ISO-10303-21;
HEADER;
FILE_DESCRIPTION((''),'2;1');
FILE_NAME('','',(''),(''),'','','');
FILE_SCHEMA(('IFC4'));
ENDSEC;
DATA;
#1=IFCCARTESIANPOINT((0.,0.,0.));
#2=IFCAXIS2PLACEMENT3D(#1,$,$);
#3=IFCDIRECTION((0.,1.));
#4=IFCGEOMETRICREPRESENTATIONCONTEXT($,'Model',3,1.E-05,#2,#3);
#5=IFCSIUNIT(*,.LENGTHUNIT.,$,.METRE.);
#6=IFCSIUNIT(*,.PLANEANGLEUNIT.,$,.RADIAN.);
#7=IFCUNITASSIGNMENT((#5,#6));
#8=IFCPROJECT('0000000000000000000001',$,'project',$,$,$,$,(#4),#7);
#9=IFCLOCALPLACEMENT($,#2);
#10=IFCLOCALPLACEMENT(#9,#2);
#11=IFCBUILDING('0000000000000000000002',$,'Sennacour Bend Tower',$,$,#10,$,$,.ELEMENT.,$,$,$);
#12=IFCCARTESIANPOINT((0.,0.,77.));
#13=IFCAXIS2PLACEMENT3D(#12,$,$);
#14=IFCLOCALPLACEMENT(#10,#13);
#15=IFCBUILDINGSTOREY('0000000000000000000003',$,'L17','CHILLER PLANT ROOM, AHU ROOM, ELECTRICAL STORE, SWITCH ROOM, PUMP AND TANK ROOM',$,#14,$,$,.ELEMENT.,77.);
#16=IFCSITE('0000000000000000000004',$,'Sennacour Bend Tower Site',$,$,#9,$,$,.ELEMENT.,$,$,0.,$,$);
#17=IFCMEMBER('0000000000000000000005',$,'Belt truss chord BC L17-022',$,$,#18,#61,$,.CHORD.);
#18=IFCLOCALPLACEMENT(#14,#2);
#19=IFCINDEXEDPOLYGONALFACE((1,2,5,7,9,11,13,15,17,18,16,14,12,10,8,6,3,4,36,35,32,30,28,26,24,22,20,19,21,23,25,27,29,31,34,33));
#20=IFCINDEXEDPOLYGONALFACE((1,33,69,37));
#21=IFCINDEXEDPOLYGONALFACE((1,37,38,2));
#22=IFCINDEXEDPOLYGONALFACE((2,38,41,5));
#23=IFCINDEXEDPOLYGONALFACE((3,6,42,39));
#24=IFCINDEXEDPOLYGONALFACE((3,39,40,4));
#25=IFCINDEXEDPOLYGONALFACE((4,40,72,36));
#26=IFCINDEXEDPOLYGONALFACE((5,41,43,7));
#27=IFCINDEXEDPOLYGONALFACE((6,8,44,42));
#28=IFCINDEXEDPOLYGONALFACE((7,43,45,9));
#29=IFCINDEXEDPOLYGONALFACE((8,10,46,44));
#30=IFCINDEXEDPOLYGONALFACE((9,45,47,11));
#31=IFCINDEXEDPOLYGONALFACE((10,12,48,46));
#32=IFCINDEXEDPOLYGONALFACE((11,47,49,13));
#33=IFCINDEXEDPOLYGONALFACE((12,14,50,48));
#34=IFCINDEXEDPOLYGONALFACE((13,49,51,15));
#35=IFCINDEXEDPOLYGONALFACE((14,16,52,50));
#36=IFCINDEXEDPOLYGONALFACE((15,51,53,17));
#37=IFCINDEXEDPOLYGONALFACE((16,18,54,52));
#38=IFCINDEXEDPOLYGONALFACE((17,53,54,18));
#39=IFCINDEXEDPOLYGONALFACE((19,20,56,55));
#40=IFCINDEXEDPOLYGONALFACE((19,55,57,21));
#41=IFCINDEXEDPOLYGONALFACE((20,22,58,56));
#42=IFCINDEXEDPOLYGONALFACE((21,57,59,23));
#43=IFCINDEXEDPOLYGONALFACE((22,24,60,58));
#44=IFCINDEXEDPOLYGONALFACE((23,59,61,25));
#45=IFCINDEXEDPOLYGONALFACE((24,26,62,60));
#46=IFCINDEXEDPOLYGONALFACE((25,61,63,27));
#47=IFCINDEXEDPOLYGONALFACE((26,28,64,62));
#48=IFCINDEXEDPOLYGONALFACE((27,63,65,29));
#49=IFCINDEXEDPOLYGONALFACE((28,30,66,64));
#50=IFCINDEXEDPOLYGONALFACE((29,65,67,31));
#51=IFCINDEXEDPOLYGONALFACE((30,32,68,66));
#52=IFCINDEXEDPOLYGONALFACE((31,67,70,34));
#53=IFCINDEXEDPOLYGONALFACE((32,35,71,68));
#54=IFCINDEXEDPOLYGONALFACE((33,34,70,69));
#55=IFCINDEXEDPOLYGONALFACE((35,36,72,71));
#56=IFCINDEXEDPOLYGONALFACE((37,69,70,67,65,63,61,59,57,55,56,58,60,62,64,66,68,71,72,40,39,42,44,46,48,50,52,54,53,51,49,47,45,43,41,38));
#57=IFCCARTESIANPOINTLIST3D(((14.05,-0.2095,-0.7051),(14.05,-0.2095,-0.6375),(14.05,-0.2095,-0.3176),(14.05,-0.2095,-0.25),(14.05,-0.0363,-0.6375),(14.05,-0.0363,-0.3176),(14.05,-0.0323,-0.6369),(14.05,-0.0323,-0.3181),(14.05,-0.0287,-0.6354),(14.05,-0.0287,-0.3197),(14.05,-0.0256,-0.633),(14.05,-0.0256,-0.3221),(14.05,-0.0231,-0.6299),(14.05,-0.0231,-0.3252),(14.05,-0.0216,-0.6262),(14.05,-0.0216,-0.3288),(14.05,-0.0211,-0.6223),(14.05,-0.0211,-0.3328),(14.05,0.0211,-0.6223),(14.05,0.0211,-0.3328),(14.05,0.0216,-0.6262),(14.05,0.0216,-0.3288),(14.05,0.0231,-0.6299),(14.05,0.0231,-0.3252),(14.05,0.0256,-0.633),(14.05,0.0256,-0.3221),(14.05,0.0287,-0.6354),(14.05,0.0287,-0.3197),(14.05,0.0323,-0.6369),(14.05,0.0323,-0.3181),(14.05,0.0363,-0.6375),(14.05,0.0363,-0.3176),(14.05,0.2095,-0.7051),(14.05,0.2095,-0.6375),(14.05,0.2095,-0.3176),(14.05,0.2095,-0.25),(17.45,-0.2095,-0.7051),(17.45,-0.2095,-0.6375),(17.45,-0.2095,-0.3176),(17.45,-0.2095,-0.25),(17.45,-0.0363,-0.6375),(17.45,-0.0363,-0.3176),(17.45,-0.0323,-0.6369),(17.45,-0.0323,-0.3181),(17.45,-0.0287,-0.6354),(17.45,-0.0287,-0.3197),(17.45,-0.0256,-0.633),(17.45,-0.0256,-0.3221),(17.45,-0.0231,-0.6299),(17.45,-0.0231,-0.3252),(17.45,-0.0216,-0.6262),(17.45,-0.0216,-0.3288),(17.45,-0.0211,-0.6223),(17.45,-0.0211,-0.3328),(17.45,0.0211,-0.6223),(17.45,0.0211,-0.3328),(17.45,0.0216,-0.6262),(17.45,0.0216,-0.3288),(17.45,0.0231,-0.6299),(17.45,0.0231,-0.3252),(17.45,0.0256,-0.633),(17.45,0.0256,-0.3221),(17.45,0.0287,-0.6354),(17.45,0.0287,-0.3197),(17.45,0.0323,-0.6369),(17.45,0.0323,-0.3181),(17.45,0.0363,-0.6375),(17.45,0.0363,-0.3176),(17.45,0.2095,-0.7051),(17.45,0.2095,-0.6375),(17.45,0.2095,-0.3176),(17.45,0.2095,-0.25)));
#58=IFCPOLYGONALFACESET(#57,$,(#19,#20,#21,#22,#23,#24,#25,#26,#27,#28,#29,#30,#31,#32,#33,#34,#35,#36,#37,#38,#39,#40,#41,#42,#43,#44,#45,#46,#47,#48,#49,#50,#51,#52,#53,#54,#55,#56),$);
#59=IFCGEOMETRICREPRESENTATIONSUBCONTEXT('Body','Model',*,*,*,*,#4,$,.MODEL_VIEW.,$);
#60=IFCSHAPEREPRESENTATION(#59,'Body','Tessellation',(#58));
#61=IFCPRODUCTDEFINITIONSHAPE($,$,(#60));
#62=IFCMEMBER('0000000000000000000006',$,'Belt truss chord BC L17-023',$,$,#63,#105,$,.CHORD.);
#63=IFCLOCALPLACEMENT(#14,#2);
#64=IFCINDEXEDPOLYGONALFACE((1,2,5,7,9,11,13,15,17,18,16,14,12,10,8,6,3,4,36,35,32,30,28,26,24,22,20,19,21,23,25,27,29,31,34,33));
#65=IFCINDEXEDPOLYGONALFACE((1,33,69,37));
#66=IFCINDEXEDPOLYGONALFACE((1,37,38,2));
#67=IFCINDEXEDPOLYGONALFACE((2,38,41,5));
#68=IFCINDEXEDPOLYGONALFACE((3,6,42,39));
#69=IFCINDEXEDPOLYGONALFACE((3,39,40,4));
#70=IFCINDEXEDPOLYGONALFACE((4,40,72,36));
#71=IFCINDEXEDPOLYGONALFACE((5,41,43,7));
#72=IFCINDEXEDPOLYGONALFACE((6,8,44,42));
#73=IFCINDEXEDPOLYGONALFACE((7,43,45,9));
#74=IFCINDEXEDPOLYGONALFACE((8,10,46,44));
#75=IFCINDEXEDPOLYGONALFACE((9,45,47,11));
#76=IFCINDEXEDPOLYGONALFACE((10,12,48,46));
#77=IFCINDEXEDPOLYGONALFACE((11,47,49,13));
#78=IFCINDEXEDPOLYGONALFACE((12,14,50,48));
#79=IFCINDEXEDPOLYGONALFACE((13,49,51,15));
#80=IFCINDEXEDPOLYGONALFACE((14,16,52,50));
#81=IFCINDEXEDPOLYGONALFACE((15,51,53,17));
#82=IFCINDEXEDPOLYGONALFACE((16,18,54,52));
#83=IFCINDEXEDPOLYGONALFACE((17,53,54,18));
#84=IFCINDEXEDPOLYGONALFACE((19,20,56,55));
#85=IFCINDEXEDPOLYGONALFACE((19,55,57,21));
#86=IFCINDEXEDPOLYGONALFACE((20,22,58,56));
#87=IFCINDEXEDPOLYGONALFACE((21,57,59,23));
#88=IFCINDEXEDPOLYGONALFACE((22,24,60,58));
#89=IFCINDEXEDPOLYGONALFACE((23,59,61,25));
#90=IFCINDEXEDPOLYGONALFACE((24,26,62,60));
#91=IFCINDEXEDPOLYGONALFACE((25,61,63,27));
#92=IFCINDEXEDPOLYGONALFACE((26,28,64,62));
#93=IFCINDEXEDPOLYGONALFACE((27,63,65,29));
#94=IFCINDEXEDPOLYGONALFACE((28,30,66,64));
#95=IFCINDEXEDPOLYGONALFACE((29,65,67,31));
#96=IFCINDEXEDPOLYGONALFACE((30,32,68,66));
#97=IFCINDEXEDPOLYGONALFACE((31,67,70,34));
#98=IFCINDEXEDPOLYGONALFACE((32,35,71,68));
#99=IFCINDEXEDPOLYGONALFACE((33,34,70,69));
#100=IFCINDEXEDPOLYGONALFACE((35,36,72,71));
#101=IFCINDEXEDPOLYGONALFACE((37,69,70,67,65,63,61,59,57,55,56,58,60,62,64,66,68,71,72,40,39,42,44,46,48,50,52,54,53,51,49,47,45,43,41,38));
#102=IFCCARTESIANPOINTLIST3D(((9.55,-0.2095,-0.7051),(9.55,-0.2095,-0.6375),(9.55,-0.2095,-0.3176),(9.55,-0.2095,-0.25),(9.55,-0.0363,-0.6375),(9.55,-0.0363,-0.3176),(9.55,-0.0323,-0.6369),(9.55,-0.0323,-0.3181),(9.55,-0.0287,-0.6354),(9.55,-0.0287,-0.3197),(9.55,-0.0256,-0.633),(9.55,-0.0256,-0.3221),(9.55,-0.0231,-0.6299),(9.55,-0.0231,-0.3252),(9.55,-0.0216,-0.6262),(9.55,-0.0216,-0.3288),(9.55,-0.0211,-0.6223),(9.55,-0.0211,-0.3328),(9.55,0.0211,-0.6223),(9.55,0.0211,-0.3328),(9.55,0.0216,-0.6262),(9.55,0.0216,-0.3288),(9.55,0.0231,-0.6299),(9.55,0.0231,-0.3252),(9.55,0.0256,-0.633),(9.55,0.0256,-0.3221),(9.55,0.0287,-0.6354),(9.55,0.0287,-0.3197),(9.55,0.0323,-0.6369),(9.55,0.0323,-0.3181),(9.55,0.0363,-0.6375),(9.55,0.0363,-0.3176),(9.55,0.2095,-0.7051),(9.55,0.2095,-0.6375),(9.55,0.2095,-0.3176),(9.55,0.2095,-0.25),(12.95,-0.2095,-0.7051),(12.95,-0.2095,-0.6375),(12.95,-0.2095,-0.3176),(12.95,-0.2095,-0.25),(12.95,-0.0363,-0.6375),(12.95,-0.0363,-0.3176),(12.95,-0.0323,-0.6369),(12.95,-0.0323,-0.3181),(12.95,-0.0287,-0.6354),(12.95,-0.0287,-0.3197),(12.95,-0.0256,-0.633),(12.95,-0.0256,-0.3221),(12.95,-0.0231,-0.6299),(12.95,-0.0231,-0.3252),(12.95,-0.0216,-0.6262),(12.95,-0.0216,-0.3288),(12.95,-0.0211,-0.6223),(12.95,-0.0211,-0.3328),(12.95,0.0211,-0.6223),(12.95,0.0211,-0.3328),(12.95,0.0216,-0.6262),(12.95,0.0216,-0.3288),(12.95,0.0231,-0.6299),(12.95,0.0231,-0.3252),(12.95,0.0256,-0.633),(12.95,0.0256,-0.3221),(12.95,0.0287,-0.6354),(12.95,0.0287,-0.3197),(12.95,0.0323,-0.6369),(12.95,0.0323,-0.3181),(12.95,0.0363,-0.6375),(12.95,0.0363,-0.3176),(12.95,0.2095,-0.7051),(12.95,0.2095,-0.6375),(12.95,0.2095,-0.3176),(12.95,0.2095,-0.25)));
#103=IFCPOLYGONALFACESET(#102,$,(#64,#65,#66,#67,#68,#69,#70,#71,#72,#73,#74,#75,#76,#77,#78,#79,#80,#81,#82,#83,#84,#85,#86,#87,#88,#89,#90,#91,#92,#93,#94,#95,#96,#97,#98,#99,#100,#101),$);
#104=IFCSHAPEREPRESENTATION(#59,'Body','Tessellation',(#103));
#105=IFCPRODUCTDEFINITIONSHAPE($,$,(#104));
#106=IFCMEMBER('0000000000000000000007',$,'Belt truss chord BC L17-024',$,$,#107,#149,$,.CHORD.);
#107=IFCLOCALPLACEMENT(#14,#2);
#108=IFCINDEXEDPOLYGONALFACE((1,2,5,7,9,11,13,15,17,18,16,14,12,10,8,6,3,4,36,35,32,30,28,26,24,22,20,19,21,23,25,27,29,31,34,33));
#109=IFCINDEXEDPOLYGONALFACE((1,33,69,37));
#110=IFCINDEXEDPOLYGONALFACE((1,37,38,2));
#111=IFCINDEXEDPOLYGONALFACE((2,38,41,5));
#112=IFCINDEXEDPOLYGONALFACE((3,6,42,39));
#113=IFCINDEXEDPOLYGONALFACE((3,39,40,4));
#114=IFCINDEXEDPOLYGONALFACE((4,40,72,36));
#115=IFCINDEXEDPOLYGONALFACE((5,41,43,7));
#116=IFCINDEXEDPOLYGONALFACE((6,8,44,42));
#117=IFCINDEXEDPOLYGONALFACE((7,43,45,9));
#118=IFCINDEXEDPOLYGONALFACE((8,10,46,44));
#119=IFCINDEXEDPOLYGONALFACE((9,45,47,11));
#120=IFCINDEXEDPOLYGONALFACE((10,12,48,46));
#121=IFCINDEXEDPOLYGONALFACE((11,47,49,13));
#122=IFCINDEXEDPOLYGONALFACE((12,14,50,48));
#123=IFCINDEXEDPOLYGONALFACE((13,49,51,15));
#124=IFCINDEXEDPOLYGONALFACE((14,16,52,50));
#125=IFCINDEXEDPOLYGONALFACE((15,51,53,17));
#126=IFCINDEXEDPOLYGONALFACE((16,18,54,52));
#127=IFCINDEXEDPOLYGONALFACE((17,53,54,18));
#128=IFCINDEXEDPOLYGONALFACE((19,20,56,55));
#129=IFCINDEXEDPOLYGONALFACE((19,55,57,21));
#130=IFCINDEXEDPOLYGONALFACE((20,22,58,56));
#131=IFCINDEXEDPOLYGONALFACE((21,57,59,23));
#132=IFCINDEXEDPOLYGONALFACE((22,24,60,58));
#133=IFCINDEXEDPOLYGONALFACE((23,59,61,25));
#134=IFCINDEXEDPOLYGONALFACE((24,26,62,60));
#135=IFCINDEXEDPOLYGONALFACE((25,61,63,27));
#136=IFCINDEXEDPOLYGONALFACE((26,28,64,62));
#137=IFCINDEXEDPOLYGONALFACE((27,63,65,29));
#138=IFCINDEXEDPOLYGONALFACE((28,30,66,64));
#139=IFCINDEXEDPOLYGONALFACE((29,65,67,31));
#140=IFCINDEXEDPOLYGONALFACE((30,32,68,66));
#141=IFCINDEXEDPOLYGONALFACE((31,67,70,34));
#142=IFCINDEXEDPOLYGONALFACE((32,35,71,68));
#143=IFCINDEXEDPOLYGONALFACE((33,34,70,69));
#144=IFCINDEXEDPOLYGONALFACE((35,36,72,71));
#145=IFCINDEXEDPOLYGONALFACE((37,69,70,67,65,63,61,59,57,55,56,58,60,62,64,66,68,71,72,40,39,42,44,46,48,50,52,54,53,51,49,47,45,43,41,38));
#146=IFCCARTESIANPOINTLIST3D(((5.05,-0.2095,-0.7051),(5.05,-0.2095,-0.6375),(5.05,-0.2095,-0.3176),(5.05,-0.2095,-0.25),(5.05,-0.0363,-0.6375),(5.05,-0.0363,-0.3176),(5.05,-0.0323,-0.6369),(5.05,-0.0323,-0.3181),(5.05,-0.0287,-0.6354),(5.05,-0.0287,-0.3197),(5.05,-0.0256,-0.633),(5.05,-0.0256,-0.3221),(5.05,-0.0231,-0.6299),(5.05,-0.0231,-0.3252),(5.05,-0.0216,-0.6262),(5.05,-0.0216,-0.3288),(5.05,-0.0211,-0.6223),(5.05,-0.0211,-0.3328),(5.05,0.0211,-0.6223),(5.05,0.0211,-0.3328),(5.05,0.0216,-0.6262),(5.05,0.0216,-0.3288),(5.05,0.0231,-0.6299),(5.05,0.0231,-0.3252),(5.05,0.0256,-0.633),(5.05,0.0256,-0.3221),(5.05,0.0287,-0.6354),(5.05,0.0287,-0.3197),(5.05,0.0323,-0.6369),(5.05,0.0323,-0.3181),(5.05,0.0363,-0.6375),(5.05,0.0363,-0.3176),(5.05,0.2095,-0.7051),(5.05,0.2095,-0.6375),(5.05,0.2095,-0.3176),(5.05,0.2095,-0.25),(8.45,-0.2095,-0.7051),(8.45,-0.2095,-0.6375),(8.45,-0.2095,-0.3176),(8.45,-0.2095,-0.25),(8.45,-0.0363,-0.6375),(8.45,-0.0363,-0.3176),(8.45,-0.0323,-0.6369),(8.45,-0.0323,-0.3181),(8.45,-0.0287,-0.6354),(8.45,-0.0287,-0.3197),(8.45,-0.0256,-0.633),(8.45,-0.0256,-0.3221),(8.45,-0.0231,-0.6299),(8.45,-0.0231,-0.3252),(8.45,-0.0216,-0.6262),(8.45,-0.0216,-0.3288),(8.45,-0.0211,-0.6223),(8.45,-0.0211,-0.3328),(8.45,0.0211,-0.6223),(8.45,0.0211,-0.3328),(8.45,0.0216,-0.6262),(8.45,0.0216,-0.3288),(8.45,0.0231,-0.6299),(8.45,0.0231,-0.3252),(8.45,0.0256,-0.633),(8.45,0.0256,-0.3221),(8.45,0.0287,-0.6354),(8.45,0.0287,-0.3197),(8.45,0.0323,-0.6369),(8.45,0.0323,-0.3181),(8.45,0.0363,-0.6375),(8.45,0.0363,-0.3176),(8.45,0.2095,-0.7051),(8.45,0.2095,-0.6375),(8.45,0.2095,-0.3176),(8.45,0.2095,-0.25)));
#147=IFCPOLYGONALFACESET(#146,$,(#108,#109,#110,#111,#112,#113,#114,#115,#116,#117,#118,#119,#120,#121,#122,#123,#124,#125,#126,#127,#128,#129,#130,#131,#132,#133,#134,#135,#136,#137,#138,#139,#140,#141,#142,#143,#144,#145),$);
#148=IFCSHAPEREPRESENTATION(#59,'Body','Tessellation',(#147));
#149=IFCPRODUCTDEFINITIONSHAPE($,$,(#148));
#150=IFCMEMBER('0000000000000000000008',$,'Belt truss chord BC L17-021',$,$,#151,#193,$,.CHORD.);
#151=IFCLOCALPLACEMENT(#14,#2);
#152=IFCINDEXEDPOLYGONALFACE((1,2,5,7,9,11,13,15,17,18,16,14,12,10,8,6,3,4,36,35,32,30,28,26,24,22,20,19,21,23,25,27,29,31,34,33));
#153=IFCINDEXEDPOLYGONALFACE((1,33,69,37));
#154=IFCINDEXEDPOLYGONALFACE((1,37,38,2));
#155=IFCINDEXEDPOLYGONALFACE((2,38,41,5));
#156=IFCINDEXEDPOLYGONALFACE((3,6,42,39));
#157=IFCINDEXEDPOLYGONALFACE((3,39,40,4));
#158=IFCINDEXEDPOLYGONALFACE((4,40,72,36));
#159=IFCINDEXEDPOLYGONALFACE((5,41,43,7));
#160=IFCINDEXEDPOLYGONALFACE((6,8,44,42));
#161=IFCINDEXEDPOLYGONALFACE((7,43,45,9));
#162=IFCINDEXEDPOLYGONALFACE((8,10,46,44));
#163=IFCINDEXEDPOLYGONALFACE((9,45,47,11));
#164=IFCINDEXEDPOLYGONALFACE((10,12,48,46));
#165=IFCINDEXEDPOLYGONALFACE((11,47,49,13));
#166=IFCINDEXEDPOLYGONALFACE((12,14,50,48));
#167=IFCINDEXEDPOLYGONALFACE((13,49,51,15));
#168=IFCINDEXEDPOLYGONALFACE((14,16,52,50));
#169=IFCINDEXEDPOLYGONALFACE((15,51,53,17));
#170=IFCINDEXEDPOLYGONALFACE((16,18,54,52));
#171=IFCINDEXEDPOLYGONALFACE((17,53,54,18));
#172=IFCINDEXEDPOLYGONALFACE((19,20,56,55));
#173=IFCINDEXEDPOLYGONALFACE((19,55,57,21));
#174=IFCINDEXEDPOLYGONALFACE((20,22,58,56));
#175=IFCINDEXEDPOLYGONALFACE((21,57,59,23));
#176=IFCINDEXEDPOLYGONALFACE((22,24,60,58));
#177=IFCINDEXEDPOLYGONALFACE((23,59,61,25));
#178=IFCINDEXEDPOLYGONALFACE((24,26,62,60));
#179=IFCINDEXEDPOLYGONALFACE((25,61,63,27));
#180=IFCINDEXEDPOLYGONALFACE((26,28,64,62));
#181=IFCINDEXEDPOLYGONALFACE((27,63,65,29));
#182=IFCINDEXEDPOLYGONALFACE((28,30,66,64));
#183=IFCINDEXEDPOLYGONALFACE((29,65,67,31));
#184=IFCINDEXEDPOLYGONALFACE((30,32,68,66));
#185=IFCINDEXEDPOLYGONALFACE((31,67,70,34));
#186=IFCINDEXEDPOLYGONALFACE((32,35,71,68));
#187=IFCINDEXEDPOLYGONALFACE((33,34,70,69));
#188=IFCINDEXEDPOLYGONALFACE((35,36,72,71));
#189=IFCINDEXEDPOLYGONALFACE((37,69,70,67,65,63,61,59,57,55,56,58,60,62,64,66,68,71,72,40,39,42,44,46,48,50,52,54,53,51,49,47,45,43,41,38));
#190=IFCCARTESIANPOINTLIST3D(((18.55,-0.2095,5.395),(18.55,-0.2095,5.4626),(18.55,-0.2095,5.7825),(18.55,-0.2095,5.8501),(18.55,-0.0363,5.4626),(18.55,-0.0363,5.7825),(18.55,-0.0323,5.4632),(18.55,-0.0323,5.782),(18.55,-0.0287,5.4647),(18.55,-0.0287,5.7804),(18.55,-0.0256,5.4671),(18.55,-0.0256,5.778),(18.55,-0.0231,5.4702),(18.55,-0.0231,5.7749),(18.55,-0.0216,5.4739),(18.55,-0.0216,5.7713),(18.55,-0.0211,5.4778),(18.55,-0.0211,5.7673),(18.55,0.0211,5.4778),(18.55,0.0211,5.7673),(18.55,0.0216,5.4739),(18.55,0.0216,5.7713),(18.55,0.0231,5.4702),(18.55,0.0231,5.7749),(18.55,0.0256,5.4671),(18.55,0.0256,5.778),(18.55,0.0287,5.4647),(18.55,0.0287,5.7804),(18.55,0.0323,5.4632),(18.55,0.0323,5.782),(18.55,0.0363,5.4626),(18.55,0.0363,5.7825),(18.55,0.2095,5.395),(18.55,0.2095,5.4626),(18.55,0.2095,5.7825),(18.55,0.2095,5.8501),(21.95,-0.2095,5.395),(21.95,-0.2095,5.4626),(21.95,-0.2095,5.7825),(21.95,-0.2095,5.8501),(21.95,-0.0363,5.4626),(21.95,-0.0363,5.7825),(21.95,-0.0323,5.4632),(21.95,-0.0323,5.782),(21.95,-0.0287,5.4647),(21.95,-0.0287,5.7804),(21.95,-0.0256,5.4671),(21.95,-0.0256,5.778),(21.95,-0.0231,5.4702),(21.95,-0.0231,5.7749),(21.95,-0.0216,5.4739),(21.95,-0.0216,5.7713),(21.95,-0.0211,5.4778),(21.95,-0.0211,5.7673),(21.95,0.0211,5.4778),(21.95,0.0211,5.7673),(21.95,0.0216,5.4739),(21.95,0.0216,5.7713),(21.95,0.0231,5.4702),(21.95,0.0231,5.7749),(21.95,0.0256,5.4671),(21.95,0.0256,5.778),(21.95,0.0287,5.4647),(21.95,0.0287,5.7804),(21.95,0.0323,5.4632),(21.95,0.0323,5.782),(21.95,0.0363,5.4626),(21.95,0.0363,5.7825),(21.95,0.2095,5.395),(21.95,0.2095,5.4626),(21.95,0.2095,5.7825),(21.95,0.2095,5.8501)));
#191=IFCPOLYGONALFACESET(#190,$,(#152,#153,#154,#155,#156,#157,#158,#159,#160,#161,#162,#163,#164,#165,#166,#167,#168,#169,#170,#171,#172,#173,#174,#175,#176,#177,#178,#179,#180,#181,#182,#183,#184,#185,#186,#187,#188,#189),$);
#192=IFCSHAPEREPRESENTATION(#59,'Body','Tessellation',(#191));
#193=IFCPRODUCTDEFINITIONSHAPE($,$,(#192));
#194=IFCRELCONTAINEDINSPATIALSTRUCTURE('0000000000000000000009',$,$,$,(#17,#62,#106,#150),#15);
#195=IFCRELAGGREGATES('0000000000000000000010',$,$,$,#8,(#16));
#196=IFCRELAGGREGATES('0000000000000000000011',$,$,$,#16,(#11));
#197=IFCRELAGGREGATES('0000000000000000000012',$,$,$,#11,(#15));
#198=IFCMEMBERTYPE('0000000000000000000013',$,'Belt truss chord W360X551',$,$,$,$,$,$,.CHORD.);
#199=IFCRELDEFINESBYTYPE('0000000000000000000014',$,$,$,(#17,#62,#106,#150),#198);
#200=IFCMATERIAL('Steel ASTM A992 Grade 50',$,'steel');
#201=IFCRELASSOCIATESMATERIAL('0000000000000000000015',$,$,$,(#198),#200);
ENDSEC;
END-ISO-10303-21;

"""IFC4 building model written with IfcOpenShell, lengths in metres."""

from ifc_helpers import new_model, si_unit, direction, frame, origin, origin_2d, place, context, subcontext, project, spatial, i_section, extrude, material, material_profile, profile_set, type_object, element, save


model = new_model("IFC4")

# Units and contexts
model_context = context("Model", 3, precision=1e-05, world=origin(), true_north=direction((0.0, 1.0)))
body_context = subcontext(model_context, "Body", "Model", "MODEL_VIEW")
ifc_project = project(units=[si_unit("LENGTHUNIT", "METRE"), si_unit("PLANEANGLEUNIT", "RADIAN")], contexts=[model_context])

# Site, building, storey
site_placement = place(None, origin())
site = spatial("IfcSite", under=ifc_project, at=site_placement, Name="Sennacour Bend Tower Site", CompositionType="ELEMENT", RefElevation=0.0)
building_placement = place(site_placement, origin())
building = spatial("IfcBuilding", under=site, at=building_placement, Name="Sennacour Bend Tower", CompositionType="ELEMENT")
storey_placement = place(building_placement, frame((0.0, 0.0, 77.0)))
storey = spatial("IfcBuildingStorey", under=building, at=storey_placement, Name="L17", Description="CHILLER PLANT ROOM, AHU ROOM, ELECTRICAL STORE, SWITCH ROOM, PUMP AND TANK ROOM", CompositionType="ELEMENT", Elevation=77.0)

# Members
ifc_material_1 = material(Name="Steel ASTM A992 Grade 50", Category="steel")
ifc_material_profile_1 = material_profile(ifc_material_1, i_section(OverallWidth=0.4189, OverallDepth=0.4551, WebThickness=0.0422, FlangeThickness=0.0676, FilletRadius=0.0151, at=origin_2d()), Name="Steel ASTM A992 Grade 50", Category="steel")
ifc_profile_set_1 = profile_set([ifc_material_profile_1], Name="Steel ASTM A992 Grade 50")
member_type_1 = type_object("IfcMemberType", Name="Belt truss chord W360X551", PredefinedType="CHORD", material=ifc_profile_set_1)
for number, where, z_axis, x_axis, name in (
    (1, (17.45, 0.0, -0.4775), (-1.0, 0.0, 0.0), (0.0, -1.0, 0.0), "Belt truss chord BC L17-022"),
    (2, (12.95, 0.0, -0.4775), (-1.0, 0.0, 0.0), (0.0, -1.0, 0.0), "Belt truss chord BC L17-023"),
    (3, (8.45, 0.0, -0.4775), (-1.0, 0.0, 0.0), (0.0, -1.0, 0.0), "Belt truss chord BC L17-024"),
    (4, (21.95, 0.0, 5.6226), (-1.0, 0.0, 0.0), (0.0, -1.0, 0.0), "Belt truss chord BC L17-021"),
):
    element("IfcMember", number, at=place(storey_placement, frame(where, z_axis=z_axis, x_axis=x_axis)), inside=storey, type_object=member_type_1, Name=name, PredefinedType="CHORD", context=body_context, shape_type="SweptSolid", body=[
        extrude(i_section(OverallWidth=0.4189, OverallDepth=0.4551, WebThickness=0.0422, FlangeThickness=0.0676, FilletRadius=0.0151, at=origin_2d()), origin(), (0.0, 0.0, 1.0), 3.3999),
    ])

save(model, "model.ifc")
